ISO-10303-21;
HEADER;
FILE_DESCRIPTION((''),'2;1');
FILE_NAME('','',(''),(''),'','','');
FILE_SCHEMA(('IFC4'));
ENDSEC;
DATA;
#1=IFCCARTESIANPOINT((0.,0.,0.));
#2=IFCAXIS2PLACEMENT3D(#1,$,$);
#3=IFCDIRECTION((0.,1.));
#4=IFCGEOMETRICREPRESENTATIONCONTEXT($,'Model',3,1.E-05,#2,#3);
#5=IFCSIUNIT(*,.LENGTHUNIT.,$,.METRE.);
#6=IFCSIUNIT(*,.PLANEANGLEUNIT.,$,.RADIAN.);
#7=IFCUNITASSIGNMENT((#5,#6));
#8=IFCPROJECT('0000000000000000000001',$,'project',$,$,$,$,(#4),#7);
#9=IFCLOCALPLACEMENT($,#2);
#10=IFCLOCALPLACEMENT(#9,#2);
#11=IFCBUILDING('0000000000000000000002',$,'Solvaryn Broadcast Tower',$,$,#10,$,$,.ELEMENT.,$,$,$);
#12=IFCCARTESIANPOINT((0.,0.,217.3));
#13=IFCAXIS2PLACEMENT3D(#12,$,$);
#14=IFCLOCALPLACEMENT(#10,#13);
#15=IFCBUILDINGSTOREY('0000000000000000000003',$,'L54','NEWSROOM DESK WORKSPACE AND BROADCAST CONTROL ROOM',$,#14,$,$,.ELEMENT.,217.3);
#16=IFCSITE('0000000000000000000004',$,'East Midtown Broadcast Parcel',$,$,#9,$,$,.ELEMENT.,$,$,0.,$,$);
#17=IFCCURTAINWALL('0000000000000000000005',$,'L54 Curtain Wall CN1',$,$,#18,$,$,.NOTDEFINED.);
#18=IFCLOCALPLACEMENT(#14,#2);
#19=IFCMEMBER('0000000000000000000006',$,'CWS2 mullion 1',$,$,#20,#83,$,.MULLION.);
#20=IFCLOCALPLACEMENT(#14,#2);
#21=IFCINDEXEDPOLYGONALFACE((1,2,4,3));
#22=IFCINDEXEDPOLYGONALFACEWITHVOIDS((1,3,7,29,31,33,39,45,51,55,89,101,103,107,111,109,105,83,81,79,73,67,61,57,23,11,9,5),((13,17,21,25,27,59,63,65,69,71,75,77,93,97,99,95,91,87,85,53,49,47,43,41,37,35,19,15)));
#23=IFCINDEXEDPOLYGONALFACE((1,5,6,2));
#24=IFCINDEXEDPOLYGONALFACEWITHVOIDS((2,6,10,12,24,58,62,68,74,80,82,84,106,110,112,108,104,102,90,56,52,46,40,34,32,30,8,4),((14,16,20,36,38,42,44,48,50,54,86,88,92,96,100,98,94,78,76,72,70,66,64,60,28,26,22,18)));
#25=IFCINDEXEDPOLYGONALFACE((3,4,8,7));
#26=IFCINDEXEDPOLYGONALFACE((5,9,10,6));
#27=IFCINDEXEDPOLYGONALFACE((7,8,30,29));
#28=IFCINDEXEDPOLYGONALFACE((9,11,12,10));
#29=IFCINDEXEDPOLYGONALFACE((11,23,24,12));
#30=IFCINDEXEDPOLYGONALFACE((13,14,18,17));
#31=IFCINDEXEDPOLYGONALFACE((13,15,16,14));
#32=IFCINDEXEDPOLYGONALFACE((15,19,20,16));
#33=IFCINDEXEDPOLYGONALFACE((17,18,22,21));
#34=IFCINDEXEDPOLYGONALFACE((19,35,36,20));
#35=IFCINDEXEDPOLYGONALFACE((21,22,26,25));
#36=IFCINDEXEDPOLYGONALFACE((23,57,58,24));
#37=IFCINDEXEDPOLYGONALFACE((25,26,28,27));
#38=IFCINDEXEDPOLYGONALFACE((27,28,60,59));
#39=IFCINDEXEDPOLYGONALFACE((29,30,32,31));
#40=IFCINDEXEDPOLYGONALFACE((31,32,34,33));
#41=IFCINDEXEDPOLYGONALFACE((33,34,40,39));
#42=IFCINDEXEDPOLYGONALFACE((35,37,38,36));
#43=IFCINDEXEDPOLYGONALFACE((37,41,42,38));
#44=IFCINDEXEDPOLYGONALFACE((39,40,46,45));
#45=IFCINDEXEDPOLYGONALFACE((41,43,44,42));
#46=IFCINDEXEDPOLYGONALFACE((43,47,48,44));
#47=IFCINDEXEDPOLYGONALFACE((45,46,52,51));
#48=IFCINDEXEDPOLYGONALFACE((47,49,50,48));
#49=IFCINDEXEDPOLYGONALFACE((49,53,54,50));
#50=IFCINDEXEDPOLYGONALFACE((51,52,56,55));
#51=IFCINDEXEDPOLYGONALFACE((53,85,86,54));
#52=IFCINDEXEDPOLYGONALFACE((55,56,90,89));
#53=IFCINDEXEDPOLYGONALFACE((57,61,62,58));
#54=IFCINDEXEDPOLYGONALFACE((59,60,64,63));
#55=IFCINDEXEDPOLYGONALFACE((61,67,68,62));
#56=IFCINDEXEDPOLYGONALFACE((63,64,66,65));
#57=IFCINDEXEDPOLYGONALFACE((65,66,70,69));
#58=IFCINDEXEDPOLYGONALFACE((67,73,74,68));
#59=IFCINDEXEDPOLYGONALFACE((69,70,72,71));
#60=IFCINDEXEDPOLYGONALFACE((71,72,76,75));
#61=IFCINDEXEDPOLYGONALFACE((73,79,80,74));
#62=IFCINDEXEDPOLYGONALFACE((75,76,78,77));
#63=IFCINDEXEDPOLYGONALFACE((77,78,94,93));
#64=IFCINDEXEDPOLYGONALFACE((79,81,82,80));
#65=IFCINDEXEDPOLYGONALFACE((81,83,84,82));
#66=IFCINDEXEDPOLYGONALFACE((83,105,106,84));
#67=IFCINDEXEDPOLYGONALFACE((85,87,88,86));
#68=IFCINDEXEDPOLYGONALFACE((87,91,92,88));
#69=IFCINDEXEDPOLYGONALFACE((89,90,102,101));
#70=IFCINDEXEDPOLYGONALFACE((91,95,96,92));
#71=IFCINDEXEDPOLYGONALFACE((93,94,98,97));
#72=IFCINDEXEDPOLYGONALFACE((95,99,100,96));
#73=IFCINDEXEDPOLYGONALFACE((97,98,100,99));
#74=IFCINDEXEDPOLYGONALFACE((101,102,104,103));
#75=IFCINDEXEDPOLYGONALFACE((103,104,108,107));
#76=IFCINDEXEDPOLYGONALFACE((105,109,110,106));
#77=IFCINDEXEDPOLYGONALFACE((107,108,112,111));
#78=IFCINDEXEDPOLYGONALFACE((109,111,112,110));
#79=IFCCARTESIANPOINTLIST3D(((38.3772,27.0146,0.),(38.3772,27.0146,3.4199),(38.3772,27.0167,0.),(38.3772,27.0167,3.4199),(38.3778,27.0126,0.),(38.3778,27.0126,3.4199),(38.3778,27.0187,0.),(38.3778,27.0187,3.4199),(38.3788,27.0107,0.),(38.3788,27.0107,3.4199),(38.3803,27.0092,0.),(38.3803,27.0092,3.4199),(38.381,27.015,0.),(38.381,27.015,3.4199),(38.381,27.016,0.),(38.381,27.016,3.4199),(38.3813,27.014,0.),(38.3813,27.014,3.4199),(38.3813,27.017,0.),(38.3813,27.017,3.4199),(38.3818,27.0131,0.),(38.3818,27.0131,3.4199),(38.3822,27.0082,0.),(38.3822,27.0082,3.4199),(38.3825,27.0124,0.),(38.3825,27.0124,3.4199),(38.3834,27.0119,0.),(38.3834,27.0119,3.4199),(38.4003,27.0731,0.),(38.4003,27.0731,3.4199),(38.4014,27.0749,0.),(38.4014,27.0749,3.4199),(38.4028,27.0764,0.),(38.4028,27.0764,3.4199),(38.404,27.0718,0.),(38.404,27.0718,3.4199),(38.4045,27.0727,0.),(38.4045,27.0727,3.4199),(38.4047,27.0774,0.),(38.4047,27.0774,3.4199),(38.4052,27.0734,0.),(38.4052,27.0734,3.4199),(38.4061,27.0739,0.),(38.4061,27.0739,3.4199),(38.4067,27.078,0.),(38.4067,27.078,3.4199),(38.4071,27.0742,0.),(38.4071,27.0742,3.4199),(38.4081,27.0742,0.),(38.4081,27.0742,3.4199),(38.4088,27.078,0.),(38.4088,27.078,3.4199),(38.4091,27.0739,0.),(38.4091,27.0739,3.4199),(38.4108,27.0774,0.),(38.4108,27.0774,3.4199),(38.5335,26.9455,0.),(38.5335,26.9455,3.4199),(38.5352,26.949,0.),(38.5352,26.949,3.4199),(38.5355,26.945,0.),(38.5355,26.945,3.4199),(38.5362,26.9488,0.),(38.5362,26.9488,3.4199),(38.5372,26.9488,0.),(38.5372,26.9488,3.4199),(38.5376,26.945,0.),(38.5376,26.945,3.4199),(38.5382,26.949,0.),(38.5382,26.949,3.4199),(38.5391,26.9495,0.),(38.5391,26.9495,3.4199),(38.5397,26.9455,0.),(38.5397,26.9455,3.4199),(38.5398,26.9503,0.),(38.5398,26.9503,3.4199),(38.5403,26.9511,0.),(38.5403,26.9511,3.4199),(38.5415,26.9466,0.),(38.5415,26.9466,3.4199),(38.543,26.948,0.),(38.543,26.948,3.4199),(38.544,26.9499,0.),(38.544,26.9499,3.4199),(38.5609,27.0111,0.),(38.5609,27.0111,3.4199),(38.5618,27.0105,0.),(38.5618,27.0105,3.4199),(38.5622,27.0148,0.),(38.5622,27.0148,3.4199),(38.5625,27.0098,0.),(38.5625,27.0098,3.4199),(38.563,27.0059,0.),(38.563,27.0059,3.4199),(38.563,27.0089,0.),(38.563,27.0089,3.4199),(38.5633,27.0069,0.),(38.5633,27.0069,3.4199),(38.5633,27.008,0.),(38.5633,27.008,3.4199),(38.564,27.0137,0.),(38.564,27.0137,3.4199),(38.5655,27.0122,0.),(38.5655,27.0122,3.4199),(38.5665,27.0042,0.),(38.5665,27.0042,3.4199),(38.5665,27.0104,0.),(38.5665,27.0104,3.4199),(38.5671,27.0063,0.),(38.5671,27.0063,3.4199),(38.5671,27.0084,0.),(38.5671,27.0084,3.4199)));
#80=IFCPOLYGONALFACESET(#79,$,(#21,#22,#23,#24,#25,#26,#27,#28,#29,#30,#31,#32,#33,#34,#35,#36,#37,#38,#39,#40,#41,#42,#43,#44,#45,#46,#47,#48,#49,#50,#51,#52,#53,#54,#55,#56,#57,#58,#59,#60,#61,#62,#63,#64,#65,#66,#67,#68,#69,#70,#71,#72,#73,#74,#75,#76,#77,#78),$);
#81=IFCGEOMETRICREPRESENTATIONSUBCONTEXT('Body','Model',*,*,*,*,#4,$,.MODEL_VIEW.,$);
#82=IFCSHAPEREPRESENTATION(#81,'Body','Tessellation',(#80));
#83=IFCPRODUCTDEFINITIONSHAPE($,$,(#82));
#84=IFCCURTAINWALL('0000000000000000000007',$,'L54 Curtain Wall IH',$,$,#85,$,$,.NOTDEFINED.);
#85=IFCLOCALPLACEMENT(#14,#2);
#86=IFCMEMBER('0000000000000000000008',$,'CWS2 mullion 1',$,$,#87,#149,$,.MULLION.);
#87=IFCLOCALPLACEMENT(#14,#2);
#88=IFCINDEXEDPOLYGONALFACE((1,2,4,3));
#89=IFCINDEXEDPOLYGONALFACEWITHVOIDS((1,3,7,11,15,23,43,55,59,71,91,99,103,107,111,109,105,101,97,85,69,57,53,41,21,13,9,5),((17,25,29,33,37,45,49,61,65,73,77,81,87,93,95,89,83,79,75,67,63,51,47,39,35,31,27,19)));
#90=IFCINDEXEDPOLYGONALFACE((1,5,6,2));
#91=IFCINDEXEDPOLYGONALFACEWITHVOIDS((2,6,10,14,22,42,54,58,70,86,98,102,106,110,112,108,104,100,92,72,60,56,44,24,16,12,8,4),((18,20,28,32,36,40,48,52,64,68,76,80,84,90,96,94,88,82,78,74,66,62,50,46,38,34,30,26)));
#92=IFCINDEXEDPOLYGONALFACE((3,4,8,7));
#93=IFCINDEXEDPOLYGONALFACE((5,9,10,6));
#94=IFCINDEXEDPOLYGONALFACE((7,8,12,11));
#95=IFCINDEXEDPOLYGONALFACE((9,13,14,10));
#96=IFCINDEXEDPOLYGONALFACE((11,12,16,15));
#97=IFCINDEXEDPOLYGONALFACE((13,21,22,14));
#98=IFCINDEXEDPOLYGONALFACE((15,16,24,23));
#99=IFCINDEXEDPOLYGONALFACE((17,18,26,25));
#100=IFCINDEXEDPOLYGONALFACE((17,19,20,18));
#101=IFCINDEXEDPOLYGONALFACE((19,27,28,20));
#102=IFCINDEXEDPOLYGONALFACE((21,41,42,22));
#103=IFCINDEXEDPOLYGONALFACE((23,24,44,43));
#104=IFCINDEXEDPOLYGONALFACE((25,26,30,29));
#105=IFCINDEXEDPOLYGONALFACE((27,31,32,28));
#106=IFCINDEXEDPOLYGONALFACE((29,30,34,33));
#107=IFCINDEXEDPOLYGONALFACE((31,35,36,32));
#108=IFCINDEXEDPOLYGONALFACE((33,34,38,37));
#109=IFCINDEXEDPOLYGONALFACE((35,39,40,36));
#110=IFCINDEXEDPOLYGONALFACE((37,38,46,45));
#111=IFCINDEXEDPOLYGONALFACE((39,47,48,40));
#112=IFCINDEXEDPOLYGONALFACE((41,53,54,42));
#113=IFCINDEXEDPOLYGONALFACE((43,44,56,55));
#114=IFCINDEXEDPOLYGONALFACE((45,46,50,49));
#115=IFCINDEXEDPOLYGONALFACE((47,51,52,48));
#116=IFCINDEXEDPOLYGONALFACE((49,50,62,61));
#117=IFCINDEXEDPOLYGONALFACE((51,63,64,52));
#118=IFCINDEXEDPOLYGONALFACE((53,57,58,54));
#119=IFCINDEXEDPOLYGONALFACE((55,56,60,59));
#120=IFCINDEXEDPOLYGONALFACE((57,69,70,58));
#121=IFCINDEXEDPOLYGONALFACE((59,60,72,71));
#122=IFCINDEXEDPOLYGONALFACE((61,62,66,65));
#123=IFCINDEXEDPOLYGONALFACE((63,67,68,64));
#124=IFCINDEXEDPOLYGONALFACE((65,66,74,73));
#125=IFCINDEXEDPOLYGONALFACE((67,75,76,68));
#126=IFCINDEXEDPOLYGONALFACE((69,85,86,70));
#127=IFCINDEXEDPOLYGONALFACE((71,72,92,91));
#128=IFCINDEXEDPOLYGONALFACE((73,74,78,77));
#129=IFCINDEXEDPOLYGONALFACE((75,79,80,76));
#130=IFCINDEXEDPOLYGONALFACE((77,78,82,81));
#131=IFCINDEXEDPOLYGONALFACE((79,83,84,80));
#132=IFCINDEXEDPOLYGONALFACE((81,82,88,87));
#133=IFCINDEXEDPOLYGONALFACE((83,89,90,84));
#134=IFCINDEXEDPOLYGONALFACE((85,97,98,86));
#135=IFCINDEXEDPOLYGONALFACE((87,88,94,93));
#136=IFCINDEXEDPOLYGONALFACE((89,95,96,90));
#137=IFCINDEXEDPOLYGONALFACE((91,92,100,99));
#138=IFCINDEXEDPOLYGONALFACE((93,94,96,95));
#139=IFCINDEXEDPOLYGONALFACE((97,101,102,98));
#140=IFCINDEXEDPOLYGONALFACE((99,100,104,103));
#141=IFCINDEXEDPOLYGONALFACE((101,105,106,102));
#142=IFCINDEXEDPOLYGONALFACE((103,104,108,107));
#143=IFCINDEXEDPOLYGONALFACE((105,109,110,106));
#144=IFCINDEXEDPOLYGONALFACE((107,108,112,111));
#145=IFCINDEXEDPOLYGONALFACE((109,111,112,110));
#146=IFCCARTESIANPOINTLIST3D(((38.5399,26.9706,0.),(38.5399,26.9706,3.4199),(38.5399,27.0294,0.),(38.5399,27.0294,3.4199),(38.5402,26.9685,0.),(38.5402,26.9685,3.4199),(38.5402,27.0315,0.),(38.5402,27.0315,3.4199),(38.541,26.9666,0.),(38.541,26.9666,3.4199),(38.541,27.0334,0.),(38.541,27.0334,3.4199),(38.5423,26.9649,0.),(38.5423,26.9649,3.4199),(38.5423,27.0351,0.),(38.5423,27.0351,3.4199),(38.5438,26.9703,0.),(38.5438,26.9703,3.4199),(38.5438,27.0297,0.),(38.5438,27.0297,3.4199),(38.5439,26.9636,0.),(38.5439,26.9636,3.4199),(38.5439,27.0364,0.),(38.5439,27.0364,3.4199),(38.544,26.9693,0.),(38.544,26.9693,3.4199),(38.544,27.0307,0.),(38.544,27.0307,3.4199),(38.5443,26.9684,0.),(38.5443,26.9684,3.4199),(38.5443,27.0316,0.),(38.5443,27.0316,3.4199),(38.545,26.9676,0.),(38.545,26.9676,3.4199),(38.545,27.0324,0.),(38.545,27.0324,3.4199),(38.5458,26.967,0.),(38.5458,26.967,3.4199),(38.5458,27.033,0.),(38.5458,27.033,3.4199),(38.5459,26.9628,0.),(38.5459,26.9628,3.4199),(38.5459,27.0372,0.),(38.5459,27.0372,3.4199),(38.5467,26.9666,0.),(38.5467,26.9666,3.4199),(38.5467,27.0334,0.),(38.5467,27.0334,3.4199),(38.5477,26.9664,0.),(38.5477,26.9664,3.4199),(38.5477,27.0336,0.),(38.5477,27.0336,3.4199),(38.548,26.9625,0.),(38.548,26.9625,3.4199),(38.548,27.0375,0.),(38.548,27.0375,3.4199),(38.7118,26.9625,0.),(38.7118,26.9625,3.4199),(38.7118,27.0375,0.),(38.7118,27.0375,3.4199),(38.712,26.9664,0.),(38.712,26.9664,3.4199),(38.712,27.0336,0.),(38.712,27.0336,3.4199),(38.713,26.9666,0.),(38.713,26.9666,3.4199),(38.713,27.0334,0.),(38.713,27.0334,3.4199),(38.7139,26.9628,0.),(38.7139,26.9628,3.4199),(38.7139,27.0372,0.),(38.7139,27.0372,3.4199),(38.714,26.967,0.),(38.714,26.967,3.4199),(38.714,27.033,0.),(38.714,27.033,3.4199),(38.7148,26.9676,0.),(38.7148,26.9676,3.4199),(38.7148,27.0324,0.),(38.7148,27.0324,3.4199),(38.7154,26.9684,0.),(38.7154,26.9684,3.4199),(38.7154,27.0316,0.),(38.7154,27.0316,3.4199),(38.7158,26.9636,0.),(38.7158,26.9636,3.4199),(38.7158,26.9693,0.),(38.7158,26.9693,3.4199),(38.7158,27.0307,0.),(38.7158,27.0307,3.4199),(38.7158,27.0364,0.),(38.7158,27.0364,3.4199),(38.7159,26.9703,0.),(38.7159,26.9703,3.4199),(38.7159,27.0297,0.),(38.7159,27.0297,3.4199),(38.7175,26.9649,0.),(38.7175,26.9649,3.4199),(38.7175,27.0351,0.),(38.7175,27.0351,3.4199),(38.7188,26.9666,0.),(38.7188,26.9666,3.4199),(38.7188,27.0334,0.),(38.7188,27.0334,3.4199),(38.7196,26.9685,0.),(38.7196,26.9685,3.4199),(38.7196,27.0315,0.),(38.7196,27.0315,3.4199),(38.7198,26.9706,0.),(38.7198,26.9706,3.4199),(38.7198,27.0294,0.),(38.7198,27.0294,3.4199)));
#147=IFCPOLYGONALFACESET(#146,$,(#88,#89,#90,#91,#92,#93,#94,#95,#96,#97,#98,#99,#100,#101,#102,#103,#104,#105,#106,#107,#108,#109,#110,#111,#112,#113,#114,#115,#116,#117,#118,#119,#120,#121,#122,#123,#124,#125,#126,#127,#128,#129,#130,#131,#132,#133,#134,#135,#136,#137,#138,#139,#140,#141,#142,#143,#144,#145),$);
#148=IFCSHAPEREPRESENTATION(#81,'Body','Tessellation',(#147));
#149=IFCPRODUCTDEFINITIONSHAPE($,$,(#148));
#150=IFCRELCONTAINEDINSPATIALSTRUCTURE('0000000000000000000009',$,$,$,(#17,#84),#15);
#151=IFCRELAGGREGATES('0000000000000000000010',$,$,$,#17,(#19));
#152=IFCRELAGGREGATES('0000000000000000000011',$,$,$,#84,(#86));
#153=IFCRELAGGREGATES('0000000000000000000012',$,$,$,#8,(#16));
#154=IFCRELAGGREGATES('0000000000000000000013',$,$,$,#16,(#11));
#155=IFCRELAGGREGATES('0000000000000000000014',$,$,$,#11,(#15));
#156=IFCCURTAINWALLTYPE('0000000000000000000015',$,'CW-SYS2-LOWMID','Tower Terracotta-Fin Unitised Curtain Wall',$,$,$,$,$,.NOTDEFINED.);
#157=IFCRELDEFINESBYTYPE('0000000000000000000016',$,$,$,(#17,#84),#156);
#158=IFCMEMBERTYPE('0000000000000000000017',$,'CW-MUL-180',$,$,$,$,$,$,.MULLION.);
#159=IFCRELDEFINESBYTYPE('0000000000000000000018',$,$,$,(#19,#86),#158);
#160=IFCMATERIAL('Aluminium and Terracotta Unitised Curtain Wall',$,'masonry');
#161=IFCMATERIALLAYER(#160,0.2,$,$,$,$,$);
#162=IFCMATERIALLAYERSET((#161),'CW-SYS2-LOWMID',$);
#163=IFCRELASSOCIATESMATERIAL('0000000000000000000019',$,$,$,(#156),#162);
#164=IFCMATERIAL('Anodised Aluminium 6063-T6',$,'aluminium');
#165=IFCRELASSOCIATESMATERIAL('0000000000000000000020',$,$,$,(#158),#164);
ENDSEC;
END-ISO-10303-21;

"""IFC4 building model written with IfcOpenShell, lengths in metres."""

from ifc_helpers import new_model, si_unit, direction, frame, origin, origin_2d, place, context, subcontext, project, spatial, hollow_rectangle, extrude, material, layer, layer_set, material_profile, profile_set, type_object, element, aggregate, save


model = new_model("IFC4")

# Units and contexts
model_context = context("Model", 3, precision=1e-05, world=origin(), true_north=direction((0.0, 1.0)))
body_context = subcontext(model_context, "Body", "Model", "MODEL_VIEW")
ifc_project = project(units=[si_unit("LENGTHUNIT", "METRE"), si_unit("PLANEANGLEUNIT", "RADIAN")], contexts=[model_context])

# Site, building, storey
site_placement = place(None, origin())
site = spatial("IfcSite", under=ifc_project, at=site_placement, Name="East Midtown Broadcast Parcel", CompositionType="ELEMENT", RefElevation=0.0)
building_placement = place(site_placement, origin())
building = spatial("IfcBuilding", under=site, at=building_placement, Name="Solvaryn Broadcast Tower", CompositionType="ELEMENT")
storey_placement = place(building_placement, frame((0.0, 0.0, 217.3)))
storey = spatial("IfcBuildingStorey", under=building, at=storey_placement, Name="L54", Description="NEWSROOM DESK WORKSPACE AND BROADCAST CONTROL ROOM", CompositionType="ELEMENT", Elevation=217.3)

# Curtain walls, members
ifc_material_1 = material(Name="Aluminium and Terracotta Unitised Curtain Wall", Category="masonry")
ifc_layer_1 = layer(ifc_material_1, 0.2)
ifc_layer_set_1 = layer_set([ifc_layer_1], Name="CW-SYS2-LOWMID")
curtain_wall_type = type_object("IfcCurtainWallType", Name="CW-SYS2-LOWMID", Description="Tower Terracotta-Fin Unitised Curtain Wall", PredefinedType="NOTDEFINED", material=ifc_layer_set_1)
curtain_wall_1_placement = place(storey_placement, origin())
curtain_wall_1 = element("IfcCurtainWall", 1, at=curtain_wall_1_placement, inside=storey, type_object=curtain_wall_type, Name="L54 Curtain Wall CN1", PredefinedType="NOTDEFINED")
ifc_material_2 = material(Name="Anodised Aluminium 6063-T6", Category="aluminium")
ifc_material_profile_1 = material_profile(ifc_material_2, hollow_rectangle(XDim=0.075, YDim=0.1799, WallThickness=0.0039, InnerFilletRadius=0.0039, OuterFilletRadius=0.0081, at=origin_2d()))
ifc_profile_set_1 = profile_set([ifc_material_profile_1], Name="Anodised Aluminium 6063-T6")
member_type_1 = type_object("IfcMemberType", Name="CW-MUL-180", PredefinedType="MULLION", material=ifc_profile_set_1)
member_1_placement = place(storey_placement, frame((38.4722, 27.0115, 0.0), z_axis=(0.0, 0.0, 1.0), x_axis=(-0.382646, -0.923895, 0.0)))
member_1 = element("IfcMember", 2, at=member_1_placement, type_object=member_type_1, Name="CWS2 mullion 1", PredefinedType="MULLION", context=body_context, shape_type="SweptSolid", body=[
    extrude(hollow_rectangle(XDim=0.075, YDim=0.1799, WallThickness=0.0039, InnerFilletRadius=0.0039, OuterFilletRadius=0.0081, at=origin_2d()), origin(), (0.0, 0.0, 1.0), 3.4199),
])
curtain_wall_2_placement = place(storey_placement, origin())
curtain_wall_2 = element("IfcCurtainWall", 3, at=curtain_wall_2_placement, inside=storey, type_object=curtain_wall_type, Name="L54 Curtain Wall IH", PredefinedType="NOTDEFINED")
member_2_placement = place(storey_placement, frame((38.6299, 27.0, 0.0), z_axis=(0.0, 0.0, 1.0), x_axis=(0.0, 1.0, 0.0)))
member_2 = element("IfcMember", 4, at=member_2_placement, type_object=member_type_1, Name="CWS2 mullion 1", PredefinedType="MULLION", context=body_context, shape_type="SweptSolid", body=[
    extrude(hollow_rectangle(XDim=0.075, YDim=0.1799, WallThickness=0.0039, InnerFilletRadius=0.0039, OuterFilletRadius=0.0081, at=origin_2d()), origin(), (0.0, 0.0, 1.0), 3.4199),
])

aggregate(curtain_wall_1, [member_1])
aggregate(curtain_wall_2, [member_2])

save(model, "model.ifc")
